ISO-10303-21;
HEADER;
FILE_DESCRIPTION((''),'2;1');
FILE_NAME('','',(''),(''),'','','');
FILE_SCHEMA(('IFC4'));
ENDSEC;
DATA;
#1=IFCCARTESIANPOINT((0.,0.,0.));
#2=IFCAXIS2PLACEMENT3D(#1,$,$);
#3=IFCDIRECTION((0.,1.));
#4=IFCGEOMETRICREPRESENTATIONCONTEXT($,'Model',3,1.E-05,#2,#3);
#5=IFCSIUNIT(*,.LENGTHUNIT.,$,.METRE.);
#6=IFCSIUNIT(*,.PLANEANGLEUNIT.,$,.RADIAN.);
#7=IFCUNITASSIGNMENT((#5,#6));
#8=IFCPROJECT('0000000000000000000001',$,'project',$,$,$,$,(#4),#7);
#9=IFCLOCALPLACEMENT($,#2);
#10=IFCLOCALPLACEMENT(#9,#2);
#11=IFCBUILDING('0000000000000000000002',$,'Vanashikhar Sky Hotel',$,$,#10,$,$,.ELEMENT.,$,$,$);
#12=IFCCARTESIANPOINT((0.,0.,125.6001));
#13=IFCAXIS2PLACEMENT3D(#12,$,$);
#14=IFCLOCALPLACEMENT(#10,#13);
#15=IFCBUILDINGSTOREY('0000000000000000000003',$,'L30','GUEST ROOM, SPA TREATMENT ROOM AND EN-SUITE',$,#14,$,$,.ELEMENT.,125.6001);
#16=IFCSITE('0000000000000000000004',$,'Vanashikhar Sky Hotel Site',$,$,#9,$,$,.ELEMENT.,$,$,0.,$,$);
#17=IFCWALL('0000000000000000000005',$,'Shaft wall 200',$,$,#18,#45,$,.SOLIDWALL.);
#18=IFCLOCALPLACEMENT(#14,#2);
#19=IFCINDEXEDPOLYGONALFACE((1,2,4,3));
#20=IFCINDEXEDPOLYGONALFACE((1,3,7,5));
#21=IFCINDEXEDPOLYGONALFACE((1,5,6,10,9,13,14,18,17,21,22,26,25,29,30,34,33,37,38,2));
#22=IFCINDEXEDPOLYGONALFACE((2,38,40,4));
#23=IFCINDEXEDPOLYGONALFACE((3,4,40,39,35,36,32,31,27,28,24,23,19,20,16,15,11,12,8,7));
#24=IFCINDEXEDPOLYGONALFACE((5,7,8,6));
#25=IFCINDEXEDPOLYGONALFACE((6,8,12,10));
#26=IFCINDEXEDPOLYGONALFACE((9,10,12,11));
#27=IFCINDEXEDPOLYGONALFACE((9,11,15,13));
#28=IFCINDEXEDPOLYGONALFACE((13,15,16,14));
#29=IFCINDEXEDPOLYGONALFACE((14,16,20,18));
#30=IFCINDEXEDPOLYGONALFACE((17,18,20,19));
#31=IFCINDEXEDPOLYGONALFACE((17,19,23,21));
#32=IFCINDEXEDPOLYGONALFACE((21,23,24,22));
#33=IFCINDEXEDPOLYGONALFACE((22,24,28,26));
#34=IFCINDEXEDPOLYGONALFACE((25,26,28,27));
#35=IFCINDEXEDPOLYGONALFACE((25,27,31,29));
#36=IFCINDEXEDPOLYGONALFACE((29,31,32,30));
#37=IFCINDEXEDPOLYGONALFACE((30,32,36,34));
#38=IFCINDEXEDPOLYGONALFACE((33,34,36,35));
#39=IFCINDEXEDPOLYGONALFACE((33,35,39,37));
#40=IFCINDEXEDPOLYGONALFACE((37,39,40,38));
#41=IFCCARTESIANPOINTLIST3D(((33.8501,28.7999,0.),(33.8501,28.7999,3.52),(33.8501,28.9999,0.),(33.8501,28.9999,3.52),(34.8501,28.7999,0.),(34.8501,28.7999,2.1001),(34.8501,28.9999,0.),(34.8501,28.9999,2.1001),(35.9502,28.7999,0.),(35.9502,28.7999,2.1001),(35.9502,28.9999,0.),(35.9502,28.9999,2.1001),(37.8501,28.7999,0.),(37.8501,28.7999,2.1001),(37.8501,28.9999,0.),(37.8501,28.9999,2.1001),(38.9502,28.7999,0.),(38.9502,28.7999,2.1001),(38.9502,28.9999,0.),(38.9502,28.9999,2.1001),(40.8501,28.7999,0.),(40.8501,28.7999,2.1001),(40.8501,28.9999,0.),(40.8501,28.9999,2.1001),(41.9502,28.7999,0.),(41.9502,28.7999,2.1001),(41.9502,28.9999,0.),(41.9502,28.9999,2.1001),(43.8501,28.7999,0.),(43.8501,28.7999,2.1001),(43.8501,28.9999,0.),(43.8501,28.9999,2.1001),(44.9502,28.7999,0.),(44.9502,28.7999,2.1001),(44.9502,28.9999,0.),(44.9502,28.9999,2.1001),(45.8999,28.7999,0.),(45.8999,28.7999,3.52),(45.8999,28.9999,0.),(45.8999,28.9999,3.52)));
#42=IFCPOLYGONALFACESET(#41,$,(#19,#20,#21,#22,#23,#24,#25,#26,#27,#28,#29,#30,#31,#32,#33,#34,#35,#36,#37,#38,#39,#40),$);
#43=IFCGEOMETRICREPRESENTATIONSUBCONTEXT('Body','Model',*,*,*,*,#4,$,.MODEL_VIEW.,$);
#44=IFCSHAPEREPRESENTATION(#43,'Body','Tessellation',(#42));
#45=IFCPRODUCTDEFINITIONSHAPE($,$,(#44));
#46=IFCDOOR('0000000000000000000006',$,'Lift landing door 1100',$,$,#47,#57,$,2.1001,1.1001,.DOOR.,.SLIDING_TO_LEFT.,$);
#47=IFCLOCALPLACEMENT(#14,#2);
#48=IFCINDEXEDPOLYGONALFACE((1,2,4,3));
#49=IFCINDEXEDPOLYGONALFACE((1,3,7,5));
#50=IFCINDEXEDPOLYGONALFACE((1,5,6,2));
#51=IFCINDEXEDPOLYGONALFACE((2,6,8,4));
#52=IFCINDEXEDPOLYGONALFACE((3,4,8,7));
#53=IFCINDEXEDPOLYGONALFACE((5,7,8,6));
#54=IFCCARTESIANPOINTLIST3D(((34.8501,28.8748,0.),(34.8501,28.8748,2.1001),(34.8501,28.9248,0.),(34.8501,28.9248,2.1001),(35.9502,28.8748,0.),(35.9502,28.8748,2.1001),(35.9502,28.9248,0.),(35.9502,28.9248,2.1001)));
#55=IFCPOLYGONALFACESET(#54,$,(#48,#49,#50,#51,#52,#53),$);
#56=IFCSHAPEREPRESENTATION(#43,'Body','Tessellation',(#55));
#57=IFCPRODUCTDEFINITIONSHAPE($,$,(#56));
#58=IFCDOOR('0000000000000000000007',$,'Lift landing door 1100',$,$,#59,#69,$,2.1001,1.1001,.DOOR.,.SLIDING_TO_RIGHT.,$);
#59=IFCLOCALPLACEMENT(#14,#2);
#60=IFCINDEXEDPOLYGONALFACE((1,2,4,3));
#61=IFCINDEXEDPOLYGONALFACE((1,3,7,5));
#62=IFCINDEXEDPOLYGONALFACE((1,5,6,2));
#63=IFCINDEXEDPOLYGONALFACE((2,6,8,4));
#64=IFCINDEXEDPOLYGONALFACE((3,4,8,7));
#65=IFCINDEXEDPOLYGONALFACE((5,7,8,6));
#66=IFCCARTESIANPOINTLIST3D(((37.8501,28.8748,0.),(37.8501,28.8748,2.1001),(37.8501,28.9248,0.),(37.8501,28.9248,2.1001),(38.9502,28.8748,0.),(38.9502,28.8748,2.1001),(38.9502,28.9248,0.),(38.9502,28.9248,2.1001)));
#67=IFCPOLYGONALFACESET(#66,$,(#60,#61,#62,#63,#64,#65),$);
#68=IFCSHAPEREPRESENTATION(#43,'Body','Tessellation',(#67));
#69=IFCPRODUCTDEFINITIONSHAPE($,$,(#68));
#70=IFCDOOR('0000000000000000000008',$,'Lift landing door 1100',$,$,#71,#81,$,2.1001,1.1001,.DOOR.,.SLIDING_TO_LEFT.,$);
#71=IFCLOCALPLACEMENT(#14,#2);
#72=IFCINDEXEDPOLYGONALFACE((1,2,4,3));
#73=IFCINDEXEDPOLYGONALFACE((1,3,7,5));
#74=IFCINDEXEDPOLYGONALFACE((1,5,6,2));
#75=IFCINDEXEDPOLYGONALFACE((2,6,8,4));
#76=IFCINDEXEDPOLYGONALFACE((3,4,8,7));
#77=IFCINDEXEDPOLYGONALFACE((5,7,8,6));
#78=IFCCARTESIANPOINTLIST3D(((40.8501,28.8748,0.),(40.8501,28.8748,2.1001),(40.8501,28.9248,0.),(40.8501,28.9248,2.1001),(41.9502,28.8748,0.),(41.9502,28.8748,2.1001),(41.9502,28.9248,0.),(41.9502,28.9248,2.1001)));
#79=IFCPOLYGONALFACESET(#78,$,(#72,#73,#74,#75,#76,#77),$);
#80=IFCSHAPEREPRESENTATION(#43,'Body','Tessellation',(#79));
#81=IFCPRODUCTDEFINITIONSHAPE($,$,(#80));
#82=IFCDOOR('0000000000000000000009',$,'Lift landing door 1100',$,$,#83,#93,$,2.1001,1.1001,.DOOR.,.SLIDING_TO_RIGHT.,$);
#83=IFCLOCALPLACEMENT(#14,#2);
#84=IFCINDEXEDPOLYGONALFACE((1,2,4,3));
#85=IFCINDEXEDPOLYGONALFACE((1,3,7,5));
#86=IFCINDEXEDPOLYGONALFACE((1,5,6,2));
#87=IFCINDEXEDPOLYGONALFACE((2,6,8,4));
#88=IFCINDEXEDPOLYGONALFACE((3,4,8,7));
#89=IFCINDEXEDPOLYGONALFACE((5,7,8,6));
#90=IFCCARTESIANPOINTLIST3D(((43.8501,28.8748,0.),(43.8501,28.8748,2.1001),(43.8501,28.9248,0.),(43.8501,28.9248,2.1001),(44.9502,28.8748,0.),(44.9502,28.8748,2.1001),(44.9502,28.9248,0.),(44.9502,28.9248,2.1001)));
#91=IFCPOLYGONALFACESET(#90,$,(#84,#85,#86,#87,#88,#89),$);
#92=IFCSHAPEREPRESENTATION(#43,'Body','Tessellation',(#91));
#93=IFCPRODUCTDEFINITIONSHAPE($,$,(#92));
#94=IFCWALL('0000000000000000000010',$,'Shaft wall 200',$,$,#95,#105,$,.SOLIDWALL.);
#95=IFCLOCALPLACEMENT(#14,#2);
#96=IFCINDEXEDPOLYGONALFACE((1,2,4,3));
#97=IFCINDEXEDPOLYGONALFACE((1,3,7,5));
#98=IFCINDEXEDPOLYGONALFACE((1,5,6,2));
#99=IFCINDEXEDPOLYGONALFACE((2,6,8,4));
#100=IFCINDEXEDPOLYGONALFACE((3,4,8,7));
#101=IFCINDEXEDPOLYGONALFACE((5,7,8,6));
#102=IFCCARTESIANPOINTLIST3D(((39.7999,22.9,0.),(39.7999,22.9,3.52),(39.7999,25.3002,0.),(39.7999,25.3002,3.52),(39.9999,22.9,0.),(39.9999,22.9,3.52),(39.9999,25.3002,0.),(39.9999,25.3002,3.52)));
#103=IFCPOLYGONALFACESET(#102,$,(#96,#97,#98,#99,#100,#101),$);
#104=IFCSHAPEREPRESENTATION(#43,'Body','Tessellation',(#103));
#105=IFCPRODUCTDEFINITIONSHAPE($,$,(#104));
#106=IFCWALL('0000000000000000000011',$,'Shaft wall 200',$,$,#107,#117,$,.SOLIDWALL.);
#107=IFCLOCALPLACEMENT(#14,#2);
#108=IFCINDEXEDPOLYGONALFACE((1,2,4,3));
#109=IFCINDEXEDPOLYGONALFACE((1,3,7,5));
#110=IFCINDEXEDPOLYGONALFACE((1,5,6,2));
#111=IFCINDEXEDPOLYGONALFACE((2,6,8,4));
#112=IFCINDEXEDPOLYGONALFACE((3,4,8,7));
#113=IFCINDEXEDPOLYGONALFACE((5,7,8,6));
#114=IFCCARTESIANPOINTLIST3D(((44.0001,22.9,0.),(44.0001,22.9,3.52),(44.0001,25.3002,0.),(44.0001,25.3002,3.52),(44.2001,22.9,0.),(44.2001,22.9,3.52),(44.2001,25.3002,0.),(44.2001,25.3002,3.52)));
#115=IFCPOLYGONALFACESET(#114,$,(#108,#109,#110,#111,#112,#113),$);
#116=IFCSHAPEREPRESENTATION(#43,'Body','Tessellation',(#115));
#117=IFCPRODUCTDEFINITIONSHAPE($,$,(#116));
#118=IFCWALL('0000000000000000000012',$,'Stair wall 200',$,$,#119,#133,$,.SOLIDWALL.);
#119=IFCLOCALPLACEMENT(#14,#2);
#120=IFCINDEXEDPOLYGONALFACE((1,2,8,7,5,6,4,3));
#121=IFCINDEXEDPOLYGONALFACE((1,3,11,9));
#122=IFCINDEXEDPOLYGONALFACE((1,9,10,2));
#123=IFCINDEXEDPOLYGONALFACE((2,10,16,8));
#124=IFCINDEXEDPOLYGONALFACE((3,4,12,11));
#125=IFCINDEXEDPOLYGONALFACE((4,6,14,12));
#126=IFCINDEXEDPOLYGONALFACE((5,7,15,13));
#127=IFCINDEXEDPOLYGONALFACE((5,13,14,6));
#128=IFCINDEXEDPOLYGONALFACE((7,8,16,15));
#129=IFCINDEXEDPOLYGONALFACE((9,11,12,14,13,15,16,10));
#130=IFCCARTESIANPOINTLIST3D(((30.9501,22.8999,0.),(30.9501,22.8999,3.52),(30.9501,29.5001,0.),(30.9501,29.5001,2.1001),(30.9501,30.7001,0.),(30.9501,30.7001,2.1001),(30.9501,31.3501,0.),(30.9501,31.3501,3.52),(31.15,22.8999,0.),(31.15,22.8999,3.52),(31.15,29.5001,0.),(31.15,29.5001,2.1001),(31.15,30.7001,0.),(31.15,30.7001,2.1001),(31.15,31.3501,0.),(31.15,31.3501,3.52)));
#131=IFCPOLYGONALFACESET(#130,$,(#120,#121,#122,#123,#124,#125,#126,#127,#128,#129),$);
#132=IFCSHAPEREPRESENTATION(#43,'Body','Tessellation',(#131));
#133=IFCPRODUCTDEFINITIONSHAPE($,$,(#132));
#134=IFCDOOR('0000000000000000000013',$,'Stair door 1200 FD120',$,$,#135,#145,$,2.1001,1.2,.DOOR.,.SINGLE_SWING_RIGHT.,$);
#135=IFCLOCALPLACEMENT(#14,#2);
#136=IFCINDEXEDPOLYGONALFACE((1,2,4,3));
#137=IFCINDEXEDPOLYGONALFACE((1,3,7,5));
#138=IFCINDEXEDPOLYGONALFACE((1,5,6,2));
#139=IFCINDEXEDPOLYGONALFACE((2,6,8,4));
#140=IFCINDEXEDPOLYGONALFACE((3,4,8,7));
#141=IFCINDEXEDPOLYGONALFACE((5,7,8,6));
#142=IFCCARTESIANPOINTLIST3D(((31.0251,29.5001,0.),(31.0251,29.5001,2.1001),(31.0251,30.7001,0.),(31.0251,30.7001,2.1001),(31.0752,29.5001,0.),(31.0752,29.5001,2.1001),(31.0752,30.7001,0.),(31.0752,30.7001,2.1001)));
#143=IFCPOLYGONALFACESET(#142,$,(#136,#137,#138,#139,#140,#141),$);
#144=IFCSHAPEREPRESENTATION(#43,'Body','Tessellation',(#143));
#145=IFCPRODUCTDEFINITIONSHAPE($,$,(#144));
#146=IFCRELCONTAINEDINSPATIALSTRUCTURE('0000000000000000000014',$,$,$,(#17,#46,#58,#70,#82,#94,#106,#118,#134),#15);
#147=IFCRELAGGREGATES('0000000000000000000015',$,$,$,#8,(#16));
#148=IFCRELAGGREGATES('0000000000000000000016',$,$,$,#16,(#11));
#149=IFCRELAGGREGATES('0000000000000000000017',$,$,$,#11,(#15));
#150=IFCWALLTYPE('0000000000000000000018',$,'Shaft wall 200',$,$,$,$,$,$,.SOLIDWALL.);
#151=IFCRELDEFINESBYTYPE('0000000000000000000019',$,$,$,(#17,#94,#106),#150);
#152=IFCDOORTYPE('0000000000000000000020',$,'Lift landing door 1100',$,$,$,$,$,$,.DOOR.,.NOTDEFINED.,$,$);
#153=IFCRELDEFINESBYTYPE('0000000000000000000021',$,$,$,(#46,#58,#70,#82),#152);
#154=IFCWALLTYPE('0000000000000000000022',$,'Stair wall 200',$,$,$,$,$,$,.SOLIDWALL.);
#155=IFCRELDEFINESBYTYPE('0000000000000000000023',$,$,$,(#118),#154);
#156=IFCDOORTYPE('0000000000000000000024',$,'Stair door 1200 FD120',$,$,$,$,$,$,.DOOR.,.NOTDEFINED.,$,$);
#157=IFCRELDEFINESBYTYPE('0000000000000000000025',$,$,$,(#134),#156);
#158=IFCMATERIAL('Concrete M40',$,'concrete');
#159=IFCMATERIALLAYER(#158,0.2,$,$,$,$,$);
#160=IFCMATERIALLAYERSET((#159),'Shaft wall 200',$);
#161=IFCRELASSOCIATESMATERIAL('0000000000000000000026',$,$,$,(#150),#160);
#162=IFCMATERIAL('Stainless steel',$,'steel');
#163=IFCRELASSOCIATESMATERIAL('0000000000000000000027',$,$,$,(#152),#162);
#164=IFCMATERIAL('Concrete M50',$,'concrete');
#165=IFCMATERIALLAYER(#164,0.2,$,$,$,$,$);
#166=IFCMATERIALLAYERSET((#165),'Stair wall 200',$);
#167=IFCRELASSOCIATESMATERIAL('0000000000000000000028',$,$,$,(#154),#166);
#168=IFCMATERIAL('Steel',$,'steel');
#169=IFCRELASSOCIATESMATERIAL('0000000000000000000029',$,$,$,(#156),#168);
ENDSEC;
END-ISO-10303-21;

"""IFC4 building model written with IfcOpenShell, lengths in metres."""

from ifc_helpers import new_model, si_unit, direction, frame, frame_2d, origin, place, context, subcontext, project, spatial, rectangle, extrude, source, transform, mapped, material, layer, layer_set, type_object, element, fill, save


model = new_model("IFC4")

# Units and contexts
model_context = context("Model", 3, precision=1e-05, world=origin(), true_north=direction((0.0, 1.0)))
body_context = subcontext(model_context, "Body", "Model", "MODEL_VIEW")
ifc_project = project(units=[si_unit("LENGTHUNIT", "METRE"), si_unit("PLANEANGLEUNIT", "RADIAN")], contexts=[model_context])

# Site, building, storey
site_placement = place(None, origin())
site = spatial("IfcSite", under=ifc_project, at=site_placement, Name="Vanashikhar Sky Hotel Site", CompositionType="ELEMENT", RefElevation=0.0)
building_placement = place(site_placement, origin())
building = spatial("IfcBuilding", under=site, at=building_placement, Name="Vanashikhar Sky Hotel", CompositionType="ELEMENT")
storey_placement = place(building_placement, frame((0.0, 0.0, 125.6001)))
storey = spatial("IfcBuildingStorey", under=building, at=storey_placement, Name="L30", Description="GUEST ROOM, SPA TREATMENT ROOM AND EN-SUITE", CompositionType="ELEMENT", Elevation=125.6001)

# Shared definitions
ifc_material_1 = material(Name="Steel", Category="steel")
shared_shape_1 = source(origin(), body_context, "Body", "SweptSolid", [
    extrude(rectangle(XDim=1.1001, YDim=2.1001, at=frame_2d((0.55, 1.05))), frame((0.0, 0.0249, 0.0), z_axis=(0.0, -1.0, 0.0), x_axis=(1.0, 0.0, 0.0)), (0.0, 0.0, 1.0), 0.05),
])

# Wall, openings, doors
ifc_material_2 = material(Name="Concrete M40", Category="concrete")
ifc_layer_1 = layer(ifc_material_2, 0.2)
ifc_layer_set_1 = layer_set([ifc_layer_1], Name="Shaft wall 200")
wall_type_1 = type_object("IfcWallType", Name="Shaft wall 200", PredefinedType="SOLIDWALL", material=ifc_layer_set_1)
shared_shape_2 = source(origin(), body_context, "Body", "SweptSolid", [
    extrude(rectangle(XDim=1.1001, YDim=2.1001, at=frame_2d((0.55, 1.05))), frame((0.0, 0.1099, 0.0), z_axis=(0.0, -1.0, 0.0), x_axis=(1.0, 0.0, 0.0)), (0.0, 0.0, 1.0), 0.22),
])
ifc_material_3 = material(Name="Stainless steel", Category="steel")
door_type_1 = type_object("IfcDoorType", Name="Lift landing door 1100", OperationType="NOTDEFINED", PredefinedType="DOOR", material=ifc_material_3)
shared_shape_3 = source(origin(), body_context, "Body", "SweptSolid", [
    extrude(rectangle(XDim=12.0498, YDim=0.2, at=frame_2d((6.0249, 0.0))), origin(), (0.0, 0.0, 1.0), 3.52),
])
wall_1_placement = place(storey_placement, frame((33.8501, 28.8999, 0.0), z_axis=(0.0, 0.0, 1.0), x_axis=(1.0, 0.0, 0.0)))
wall_1 = element("IfcWall", 1, at=wall_1_placement, inside=storey, type_object=wall_type_1, Name="Shaft wall 200", PredefinedType="SOLIDWALL", context=body_context, shape_type="MappedRepresentation", body=[
    mapped(shared_shape_3, transform((0.0, 0.0, 0.0), scale=1.0)),
])
opening_1_placement = place(wall_1_placement, frame((1.0, 0.0, 0.0)))
opening_1 = element("IfcOpeningElement", 2, at=opening_1_placement, cuts=wall_1, PredefinedType="OPENING", context=body_context, shape_type="MappedRepresentation", body=[
    mapped(shared_shape_2, transform((0.0, 0.0, 0.0), scale=1.0)),
])
opening_2_placement = place(wall_1_placement, frame((4.0, 0.0, 0.0)))
opening_2 = element("IfcOpeningElement", 3, at=opening_2_placement, cuts=wall_1, PredefinedType="OPENING", context=body_context, shape_type="MappedRepresentation", body=[
    mapped(shared_shape_2, transform((0.0, 0.0, 0.0), scale=1.0)),
])
opening_3_placement = place(wall_1_placement, frame((7.0, 0.0, 0.0)))
opening_3 = element("IfcOpeningElement", 4, at=opening_3_placement, cuts=wall_1, PredefinedType="OPENING", context=body_context, shape_type="MappedRepresentation", body=[
    mapped(shared_shape_2, transform((0.0, 0.0, 0.0), scale=1.0)),
])
opening_4_placement = place(wall_1_placement, frame((10.0, 0.0, 0.0)))
opening_4 = element("IfcOpeningElement", 5, at=opening_4_placement, cuts=wall_1, PredefinedType="OPENING", context=body_context, shape_type="MappedRepresentation", body=[
    mapped(shared_shape_2, transform((0.0, 0.0, 0.0), scale=1.0)),
])
door_1_placement = place(opening_1_placement, origin())
door_1 = element("IfcDoor", 6, at=door_1_placement, inside=storey, type_object=door_type_1, Name="Lift landing door 1100", OperationType="SLIDING_TO_LEFT", OverallHeight=2.1001, OverallWidth=1.1001, PredefinedType="DOOR", context=body_context, shape_type="MappedRepresentation", body=[
    mapped(shared_shape_1, transform((0.0, 0.0, 0.0), scale=1.0)),
])
fill(opening_1, door_1)
door_2_placement = place(opening_2_placement, origin())
door_2 = element("IfcDoor", 7, at=door_2_placement, inside=storey, type_object=door_type_1, Name="Lift landing door 1100", OperationType="SLIDING_TO_RIGHT", OverallHeight=2.1001, OverallWidth=1.1001, PredefinedType="DOOR", context=body_context, shape_type="MappedRepresentation", body=[
    mapped(shared_shape_1, transform((0.0, 0.0, 0.0), scale=1.0)),
])
fill(opening_2, door_2)
door_3_placement = place(opening_3_placement, origin())
door_3 = element("IfcDoor", 8, at=door_3_placement, inside=storey, type_object=door_type_1, Name="Lift landing door 1100", OperationType="SLIDING_TO_LEFT", OverallHeight=2.1001, OverallWidth=1.1001, PredefinedType="DOOR", context=body_context, shape_type="MappedRepresentation", body=[
    mapped(shared_shape_1, transform((0.0, 0.0, 0.0), scale=1.0)),
])
fill(opening_3, door_3)
door_4_placement = place(opening_4_placement, origin())
door_4 = element("IfcDoor", 9, at=door_4_placement, inside=storey, type_object=door_type_1, Name="Lift landing door 1100", OperationType="SLIDING_TO_RIGHT", OverallHeight=2.1001, OverallWidth=1.1001, PredefinedType="DOOR", context=body_context, shape_type="MappedRepresentation", body=[
    mapped(shared_shape_1, transform((0.0, 0.0, 0.0), scale=1.0)),
])
fill(opening_4, door_4)

# Walls
shared_shape_4 = source(origin(), body_context, "Body", "SweptSolid", [
    extrude(rectangle(XDim=2.4001, YDim=0.2, at=frame_2d((1.2002, 0.0))), origin(), (0.0, 0.0, 1.0), 3.52),
])
for number, where, z_axis, x_axis, name in (
    (10, (39.8999, 22.8999, 0.0), (0.0, 0.0, 1.0), (0.0, 1.0, 0.0), "Shaft wall 200"),
    (11, (44.1001, 22.8999, 0.0), (0.0, 0.0, 1.0), (0.0, 1.0, 0.0), "Shaft wall 200"),
):
    element("IfcWall", number, at=place(storey_placement, frame(where, z_axis=z_axis, x_axis=x_axis)), inside=storey, type_object=wall_type_1, Name=name, PredefinedType="SOLIDWALL", context=body_context, shape_type="MappedRepresentation", body=[
        mapped(shared_shape_4, transform((0.0, 0.0, 0.0), scale=1.0)),
    ])

# Wall, opening, door
ifc_material_4 = material(Name="Concrete M50", Category="concrete")
ifc_layer_2 = layer(ifc_material_4, 0.2)
ifc_layer_set_2 = layer_set([ifc_layer_2], Name="Stair wall 200")
wall_type_2 = type_object("IfcWallType", Name="Stair wall 200", PredefinedType="SOLIDWALL", material=ifc_layer_set_2)
shared_shape_5 = source(origin(), body_context, "Body", "SweptSolid", [
    extrude(rectangle(XDim=8.4502, YDim=0.2, at=frame_2d((4.2251, 0.0))), origin(), (0.0, 0.0, 1.0), 3.52),
])
wall_2_placement = place(storey_placement, frame((31.05, 22.8999, 0.0), z_axis=(0.0, 0.0, 1.0), x_axis=(0.0, 1.0, 0.0)))
wall_2 = element("IfcWall", 12, at=wall_2_placement, inside=storey, type_object=wall_type_2, Name="Stair wall 200", PredefinedType="SOLIDWALL", context=body_context, shape_type="MappedRepresentation", body=[
    mapped(shared_shape_5, transform((0.0, 0.0, 0.0), scale=1.0)),
])
shared_shape_6 = source(origin(), body_context, "Body", "SweptSolid", [
    extrude(rectangle(XDim=1.2, YDim=2.1001, at=frame_2d((0.6001, 1.05))), frame((0.0, 0.1099, 0.0), z_axis=(0.0, -1.0, 0.0), x_axis=(1.0, 0.0, 0.0)), (0.0, 0.0, 1.0), 0.22),
])
opening_5_placement = place(wall_2_placement, frame((6.6001, 0.0, 0.0)))
opening_5 = element("IfcOpeningElement", 13, at=opening_5_placement, cuts=wall_2, PredefinedType="OPENING", context=body_context, shape_type="MappedRepresentation", body=[
    mapped(shared_shape_6, transform((0.0, 0.0, 0.0), scale=1.0)),
])
door_type_2 = type_object("IfcDoorType", Name="Stair door 1200 FD120", OperationType="NOTDEFINED", PredefinedType="DOOR", material=ifc_material_1)
shared_shape_7 = source(origin(), body_context, "Body", "SweptSolid", [
    extrude(rectangle(XDim=1.2, YDim=2.1001, at=frame_2d((0.6001, 1.05))), frame((0.0, 0.0249, 0.0), z_axis=(0.0, -1.0, 0.0), x_axis=(1.0, 0.0, 0.0)), (0.0, 0.0, 1.0), 0.05),
])
door_5_placement = place(opening_5_placement, origin())
door_5 = element("IfcDoor", 14, at=door_5_placement, inside=storey, type_object=door_type_2, Name="Stair door 1200 FD120", OperationType="SINGLE_SWING_RIGHT", OverallHeight=2.1001, OverallWidth=1.2, PredefinedType="DOOR", context=body_context, shape_type="MappedRepresentation", body=[
    mapped(shared_shape_7, transform((0.0, 0.0, 0.0), scale=1.0)),
])
fill(opening_5, door_5)

save(model, "model.ifc")
